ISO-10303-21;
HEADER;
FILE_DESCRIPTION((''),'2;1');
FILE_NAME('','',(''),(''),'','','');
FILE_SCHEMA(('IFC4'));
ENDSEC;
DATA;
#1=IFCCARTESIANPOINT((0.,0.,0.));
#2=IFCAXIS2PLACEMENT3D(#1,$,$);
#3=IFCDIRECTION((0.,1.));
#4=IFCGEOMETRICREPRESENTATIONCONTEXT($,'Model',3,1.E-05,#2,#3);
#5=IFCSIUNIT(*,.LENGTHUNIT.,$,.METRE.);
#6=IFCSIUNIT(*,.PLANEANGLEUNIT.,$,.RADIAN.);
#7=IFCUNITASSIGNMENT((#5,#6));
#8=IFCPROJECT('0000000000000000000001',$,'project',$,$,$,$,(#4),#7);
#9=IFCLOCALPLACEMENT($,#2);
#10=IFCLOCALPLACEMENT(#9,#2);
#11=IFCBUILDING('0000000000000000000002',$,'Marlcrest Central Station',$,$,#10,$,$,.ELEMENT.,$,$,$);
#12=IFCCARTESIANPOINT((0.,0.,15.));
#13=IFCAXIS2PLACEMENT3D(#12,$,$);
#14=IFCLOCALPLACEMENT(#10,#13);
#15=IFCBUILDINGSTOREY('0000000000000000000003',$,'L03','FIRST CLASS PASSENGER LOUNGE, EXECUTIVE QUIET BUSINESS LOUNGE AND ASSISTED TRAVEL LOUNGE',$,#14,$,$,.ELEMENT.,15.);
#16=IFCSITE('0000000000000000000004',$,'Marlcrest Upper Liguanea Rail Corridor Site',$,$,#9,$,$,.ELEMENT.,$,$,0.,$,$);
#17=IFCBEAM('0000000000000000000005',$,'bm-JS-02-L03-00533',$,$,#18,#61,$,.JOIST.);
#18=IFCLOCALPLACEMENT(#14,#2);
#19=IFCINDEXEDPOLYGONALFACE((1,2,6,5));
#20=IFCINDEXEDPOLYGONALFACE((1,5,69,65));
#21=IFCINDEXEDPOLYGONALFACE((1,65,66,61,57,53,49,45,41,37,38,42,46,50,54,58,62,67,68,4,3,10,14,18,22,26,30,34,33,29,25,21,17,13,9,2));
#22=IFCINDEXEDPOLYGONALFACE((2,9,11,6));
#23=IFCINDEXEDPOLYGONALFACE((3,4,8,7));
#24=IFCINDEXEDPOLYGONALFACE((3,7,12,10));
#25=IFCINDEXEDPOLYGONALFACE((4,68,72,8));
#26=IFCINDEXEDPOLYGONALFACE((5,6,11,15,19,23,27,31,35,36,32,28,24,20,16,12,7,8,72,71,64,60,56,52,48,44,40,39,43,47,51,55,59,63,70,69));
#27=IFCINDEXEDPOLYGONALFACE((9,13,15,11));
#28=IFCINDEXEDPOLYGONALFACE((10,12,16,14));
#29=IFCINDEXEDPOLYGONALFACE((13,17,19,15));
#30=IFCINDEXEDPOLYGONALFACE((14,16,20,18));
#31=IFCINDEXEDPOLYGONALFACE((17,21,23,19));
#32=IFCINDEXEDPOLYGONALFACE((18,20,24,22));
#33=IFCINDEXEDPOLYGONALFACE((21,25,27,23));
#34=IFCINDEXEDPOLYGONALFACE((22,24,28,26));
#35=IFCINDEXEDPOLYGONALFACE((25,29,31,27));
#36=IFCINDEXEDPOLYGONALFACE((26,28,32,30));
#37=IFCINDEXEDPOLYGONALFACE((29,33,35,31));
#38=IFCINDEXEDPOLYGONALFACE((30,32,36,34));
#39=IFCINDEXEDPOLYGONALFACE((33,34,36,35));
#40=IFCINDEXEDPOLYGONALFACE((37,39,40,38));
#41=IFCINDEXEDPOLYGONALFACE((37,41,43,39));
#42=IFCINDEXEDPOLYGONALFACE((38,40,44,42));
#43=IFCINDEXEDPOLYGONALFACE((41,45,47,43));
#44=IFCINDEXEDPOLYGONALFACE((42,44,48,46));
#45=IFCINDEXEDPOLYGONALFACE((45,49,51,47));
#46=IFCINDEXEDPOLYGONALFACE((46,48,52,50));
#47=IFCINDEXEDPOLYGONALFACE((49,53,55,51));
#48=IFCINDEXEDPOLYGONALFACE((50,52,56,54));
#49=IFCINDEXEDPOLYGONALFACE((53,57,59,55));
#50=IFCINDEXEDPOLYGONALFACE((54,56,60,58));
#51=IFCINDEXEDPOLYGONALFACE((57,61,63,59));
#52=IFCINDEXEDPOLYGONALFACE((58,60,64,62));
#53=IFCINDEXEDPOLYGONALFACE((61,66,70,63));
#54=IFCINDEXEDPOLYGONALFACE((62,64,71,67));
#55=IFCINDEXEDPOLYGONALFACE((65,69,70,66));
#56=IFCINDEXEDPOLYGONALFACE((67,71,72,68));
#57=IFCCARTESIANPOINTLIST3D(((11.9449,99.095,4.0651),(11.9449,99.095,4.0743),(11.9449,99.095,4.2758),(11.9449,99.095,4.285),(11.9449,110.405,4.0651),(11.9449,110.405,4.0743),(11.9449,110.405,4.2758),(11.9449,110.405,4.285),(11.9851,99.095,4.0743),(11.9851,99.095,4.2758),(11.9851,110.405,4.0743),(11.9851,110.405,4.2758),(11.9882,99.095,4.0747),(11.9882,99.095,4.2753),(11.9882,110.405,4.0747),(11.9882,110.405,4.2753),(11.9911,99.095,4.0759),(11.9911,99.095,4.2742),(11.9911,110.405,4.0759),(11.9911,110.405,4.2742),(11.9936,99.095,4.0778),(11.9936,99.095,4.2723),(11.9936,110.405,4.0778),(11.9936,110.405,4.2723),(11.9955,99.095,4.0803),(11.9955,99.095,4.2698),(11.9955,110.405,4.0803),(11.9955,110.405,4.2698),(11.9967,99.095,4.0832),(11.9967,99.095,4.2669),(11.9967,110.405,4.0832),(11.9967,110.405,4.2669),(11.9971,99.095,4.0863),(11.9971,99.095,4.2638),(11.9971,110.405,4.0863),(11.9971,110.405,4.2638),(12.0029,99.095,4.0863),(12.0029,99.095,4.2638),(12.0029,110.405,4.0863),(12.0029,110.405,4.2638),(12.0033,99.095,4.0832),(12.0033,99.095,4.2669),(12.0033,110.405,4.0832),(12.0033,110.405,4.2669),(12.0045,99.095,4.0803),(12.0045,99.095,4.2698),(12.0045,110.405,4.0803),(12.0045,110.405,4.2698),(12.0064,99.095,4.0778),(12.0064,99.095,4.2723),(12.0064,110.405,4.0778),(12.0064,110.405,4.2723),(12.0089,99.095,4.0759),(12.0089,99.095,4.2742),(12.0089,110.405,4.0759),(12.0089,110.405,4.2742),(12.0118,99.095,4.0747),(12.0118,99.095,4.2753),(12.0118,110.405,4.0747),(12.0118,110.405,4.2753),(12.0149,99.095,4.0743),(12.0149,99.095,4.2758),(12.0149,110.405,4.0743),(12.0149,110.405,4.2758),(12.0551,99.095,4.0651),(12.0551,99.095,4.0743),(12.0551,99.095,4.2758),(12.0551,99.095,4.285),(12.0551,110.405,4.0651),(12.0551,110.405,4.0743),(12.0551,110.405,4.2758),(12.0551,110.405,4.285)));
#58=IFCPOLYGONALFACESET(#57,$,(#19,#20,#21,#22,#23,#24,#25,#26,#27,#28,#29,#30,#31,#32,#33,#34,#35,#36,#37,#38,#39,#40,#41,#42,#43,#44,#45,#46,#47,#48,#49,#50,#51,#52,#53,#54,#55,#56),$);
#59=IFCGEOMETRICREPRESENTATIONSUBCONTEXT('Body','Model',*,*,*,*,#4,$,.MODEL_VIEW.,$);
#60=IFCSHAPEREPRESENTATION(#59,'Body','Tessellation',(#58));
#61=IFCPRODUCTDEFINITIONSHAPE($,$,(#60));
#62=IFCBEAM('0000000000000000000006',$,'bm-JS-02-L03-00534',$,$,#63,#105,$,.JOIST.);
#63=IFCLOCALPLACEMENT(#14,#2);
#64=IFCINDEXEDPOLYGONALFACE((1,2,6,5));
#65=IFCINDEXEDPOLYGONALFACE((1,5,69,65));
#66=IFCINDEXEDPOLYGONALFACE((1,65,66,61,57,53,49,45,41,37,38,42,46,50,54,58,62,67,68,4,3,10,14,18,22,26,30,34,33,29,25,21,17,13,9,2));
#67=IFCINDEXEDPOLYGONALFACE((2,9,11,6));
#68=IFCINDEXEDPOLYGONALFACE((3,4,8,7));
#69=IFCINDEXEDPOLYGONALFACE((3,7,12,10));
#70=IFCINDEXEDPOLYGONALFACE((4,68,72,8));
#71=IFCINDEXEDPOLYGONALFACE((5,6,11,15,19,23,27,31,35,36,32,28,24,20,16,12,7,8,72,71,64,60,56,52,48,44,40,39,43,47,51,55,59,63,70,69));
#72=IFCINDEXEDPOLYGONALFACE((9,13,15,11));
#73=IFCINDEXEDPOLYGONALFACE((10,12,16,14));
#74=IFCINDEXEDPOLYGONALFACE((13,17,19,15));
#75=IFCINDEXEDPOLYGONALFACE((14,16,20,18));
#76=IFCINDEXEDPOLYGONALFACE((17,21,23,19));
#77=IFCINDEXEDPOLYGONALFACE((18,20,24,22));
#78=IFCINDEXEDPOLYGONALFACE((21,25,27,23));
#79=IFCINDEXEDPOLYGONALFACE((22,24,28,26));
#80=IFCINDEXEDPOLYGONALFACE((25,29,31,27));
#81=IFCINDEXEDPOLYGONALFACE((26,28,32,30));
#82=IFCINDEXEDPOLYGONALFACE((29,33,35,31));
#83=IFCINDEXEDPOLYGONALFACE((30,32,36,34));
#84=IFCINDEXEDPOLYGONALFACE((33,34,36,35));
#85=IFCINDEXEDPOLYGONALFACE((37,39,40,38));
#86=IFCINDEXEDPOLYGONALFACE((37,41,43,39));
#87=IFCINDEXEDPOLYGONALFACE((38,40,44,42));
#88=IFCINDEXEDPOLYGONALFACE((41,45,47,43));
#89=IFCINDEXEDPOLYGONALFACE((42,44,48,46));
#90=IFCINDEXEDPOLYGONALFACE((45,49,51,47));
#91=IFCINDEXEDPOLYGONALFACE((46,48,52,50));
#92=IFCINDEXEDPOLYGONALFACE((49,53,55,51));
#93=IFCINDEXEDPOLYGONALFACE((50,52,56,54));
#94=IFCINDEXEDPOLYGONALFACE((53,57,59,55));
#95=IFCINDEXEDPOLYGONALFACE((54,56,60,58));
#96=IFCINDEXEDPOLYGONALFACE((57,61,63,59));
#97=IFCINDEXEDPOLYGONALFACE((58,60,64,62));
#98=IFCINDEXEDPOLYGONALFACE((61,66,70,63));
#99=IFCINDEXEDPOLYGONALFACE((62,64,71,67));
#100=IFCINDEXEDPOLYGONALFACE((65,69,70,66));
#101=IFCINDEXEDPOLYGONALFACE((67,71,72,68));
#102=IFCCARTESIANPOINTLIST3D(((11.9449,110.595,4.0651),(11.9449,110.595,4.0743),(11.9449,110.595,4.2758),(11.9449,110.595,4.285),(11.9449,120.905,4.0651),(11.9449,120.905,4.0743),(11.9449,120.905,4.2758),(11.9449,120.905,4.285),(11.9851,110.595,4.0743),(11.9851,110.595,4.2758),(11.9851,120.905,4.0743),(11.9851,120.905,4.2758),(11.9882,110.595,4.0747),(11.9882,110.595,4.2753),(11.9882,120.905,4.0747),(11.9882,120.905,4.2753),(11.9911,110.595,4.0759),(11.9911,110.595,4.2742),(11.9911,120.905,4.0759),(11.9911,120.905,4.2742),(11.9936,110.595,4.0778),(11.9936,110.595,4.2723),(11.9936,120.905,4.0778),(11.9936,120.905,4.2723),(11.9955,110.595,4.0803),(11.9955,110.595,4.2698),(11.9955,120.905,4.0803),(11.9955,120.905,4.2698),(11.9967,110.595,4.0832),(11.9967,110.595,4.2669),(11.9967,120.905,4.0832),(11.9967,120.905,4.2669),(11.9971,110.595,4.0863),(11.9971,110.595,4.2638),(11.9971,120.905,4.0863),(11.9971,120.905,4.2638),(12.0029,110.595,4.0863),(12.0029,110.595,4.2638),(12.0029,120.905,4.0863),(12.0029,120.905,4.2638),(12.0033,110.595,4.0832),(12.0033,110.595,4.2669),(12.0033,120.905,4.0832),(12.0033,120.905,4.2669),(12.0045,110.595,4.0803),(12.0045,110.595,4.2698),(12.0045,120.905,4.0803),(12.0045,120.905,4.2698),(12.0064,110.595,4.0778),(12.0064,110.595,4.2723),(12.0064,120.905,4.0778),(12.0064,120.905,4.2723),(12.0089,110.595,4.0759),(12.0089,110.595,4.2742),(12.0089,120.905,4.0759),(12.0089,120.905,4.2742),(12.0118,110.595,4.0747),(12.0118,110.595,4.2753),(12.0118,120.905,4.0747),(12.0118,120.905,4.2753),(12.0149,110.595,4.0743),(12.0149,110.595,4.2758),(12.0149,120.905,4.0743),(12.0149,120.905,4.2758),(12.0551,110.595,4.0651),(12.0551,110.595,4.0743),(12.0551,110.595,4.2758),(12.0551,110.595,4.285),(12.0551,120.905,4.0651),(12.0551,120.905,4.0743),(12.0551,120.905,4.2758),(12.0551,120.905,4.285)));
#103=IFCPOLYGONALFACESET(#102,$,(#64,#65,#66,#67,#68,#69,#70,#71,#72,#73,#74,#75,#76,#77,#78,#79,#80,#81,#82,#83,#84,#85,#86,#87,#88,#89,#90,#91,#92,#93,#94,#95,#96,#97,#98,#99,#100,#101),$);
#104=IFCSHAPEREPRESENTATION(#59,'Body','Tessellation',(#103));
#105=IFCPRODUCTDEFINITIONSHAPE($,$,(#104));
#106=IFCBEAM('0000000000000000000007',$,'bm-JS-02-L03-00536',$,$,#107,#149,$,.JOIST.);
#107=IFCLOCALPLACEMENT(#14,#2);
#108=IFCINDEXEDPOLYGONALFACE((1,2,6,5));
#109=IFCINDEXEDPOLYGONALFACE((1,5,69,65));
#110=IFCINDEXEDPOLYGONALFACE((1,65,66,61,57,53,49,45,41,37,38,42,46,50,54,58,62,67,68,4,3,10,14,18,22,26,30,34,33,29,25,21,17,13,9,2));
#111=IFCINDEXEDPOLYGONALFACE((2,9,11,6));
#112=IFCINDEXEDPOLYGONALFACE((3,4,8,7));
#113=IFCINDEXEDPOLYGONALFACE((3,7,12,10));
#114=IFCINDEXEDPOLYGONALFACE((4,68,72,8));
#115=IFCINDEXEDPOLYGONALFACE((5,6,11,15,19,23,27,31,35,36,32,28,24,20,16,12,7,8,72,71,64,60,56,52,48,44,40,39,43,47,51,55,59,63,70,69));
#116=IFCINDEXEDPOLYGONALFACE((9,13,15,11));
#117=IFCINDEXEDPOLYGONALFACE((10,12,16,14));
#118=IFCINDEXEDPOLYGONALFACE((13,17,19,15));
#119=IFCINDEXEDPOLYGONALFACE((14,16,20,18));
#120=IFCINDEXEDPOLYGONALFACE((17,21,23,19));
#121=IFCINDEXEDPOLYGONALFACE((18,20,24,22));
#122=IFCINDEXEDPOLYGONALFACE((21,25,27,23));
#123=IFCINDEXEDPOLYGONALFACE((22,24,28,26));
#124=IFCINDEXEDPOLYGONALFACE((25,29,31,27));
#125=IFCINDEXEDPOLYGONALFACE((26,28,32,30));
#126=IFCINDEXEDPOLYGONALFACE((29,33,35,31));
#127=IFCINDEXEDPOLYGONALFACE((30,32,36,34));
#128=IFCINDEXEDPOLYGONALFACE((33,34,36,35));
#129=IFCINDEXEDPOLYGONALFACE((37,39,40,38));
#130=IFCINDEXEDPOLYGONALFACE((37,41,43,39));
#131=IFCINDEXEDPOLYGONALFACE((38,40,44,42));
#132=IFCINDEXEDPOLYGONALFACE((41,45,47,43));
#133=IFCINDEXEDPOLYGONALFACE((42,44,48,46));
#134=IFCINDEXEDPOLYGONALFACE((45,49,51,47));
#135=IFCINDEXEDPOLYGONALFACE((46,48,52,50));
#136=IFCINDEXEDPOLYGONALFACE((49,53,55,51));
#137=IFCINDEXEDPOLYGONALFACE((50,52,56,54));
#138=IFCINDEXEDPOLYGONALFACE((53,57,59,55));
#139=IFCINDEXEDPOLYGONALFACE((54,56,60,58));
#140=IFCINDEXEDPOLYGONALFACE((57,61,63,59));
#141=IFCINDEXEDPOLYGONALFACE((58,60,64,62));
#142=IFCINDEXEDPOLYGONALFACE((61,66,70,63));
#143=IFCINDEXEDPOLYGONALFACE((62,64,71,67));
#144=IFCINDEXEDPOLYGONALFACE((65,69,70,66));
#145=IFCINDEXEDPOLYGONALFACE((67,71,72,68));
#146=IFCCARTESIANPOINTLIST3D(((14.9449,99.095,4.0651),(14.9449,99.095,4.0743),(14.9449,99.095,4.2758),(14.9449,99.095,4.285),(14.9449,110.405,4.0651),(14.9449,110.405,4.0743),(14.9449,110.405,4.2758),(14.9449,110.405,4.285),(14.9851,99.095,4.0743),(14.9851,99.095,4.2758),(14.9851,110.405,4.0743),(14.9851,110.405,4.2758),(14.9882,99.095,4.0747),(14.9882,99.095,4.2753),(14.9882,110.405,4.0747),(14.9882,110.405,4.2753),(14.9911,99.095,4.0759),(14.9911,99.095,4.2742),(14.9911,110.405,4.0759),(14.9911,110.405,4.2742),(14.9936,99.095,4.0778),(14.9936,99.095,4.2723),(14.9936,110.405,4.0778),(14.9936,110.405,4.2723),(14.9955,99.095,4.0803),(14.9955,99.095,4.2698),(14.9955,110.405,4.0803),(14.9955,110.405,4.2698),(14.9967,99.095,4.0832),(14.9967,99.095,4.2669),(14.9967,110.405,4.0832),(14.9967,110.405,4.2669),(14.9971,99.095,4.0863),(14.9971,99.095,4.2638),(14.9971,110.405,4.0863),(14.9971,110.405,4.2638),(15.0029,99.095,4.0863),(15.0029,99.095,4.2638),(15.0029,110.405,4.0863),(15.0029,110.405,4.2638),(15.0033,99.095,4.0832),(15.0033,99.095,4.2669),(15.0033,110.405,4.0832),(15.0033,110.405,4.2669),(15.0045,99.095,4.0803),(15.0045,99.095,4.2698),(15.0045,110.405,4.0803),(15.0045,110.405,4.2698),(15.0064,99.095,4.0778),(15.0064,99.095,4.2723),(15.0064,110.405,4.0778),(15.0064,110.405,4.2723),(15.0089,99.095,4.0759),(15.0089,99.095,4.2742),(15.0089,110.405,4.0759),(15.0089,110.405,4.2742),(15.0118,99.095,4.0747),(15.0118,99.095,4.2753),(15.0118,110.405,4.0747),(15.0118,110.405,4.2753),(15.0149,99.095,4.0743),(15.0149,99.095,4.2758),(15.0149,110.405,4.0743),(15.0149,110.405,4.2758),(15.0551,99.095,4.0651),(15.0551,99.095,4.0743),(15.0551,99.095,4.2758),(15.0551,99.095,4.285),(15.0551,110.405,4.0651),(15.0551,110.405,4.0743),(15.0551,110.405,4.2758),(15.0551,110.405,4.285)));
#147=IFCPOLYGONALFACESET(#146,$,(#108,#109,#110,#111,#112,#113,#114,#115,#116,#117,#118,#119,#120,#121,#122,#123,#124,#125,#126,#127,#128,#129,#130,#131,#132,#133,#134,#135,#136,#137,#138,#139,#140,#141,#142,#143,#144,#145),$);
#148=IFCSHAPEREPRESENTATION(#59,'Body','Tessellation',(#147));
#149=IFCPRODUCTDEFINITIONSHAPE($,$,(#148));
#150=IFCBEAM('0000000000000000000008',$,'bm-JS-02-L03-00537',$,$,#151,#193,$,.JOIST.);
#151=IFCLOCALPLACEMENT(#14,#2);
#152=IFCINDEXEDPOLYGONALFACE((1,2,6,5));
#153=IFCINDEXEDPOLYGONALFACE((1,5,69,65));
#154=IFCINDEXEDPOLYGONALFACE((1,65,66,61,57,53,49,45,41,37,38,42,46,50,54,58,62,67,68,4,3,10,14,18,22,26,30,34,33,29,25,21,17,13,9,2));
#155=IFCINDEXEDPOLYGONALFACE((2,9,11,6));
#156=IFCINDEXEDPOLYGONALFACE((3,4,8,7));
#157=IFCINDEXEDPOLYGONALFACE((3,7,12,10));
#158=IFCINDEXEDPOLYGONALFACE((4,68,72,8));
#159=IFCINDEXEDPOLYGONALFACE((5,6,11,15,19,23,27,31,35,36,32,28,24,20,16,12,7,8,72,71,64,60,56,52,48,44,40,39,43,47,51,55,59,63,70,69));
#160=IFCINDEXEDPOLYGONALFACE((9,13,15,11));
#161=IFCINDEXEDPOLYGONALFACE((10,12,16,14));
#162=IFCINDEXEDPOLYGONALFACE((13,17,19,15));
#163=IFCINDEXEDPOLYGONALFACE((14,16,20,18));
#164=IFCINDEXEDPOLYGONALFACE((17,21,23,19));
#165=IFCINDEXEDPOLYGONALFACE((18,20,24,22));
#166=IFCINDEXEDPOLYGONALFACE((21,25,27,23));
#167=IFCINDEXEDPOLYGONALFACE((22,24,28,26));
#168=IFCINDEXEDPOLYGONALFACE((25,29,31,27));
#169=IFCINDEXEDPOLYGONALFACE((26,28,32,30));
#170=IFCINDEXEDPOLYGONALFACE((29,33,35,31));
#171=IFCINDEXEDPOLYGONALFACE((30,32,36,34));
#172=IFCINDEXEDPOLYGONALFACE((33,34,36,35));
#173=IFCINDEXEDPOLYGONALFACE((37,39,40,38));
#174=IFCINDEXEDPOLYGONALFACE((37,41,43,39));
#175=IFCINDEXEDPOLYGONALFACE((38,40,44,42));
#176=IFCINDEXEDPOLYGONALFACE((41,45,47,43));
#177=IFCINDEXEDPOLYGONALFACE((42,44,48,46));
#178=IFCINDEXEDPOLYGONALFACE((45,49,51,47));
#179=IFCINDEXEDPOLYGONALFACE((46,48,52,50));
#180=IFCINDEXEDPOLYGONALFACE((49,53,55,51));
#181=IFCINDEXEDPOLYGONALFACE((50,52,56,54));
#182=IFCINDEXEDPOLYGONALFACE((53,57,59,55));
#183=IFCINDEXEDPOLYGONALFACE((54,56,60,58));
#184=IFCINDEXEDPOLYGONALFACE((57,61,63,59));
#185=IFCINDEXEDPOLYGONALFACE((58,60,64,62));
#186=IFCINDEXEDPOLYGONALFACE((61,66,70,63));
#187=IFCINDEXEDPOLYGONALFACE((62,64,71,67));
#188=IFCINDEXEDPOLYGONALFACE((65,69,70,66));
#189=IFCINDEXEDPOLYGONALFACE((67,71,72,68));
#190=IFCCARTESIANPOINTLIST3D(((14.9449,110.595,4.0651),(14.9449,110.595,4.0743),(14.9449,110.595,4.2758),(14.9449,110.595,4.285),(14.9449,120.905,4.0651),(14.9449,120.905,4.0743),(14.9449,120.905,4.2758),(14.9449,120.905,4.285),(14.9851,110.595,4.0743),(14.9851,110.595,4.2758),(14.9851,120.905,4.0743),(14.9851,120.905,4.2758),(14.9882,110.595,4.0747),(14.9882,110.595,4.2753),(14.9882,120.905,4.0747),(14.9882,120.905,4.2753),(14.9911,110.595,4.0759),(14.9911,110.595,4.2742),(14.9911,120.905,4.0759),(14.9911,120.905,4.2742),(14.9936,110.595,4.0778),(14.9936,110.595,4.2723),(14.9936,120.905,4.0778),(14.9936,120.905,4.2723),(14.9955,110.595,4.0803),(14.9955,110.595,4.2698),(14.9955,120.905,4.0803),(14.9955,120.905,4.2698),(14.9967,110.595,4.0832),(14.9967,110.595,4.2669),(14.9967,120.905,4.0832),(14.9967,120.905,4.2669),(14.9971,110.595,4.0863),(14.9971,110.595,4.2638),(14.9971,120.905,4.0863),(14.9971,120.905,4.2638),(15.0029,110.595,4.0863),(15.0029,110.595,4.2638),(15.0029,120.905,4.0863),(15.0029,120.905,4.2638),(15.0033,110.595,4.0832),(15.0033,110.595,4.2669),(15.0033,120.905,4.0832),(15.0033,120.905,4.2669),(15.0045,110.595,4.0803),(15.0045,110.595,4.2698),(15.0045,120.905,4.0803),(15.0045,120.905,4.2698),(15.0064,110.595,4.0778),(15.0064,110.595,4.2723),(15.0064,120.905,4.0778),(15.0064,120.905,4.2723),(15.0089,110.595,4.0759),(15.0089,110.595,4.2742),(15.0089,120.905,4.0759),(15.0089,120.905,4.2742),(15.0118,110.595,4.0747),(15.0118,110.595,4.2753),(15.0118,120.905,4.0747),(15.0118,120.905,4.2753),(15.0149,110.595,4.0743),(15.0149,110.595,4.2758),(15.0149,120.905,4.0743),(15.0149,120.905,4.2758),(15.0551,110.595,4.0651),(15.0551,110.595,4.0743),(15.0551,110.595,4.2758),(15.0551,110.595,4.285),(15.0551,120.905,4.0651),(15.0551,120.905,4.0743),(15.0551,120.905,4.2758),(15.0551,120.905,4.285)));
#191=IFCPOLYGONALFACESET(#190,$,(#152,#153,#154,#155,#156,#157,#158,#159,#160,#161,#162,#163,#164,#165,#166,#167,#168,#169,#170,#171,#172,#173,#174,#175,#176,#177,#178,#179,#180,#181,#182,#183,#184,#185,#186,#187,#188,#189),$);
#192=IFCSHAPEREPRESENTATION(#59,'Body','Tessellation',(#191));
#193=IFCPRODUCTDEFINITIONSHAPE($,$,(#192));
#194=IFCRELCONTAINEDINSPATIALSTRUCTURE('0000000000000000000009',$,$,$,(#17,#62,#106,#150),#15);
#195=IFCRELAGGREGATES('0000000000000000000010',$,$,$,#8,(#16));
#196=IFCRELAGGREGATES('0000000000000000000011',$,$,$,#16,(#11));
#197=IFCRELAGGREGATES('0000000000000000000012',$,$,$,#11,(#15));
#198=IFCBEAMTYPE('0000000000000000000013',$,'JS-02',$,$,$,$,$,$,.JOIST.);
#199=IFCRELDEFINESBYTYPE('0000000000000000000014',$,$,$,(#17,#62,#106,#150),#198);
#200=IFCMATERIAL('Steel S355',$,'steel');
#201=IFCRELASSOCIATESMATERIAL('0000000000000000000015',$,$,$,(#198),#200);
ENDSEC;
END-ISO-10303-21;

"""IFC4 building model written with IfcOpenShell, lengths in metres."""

from ifc_helpers import new_model, si_unit, direction, frame, origin, origin_2d, place, context, subcontext, project, spatial, i_section, extrude, material, material_profile, profile_set, type_object, element, save


model = new_model("IFC4")

# Units and contexts
model_context = context("Model", 3, precision=1e-05, world=origin(), true_north=direction((0.0, 1.0)))
body_context = subcontext(model_context, "Body", "Model", "MODEL_VIEW")
ifc_project = project(units=[si_unit("LENGTHUNIT", "METRE"), si_unit("PLANEANGLEUNIT", "RADIAN")], contexts=[model_context])

# Site, building, storey
site_placement = place(None, origin())
site = spatial("IfcSite", under=ifc_project, at=site_placement, Name="Marlcrest Upper Liguanea Rail Corridor Site", CompositionType="ELEMENT", RefElevation=0.0)
building_placement = place(site_placement, origin())
building = spatial("IfcBuilding", under=site, at=building_placement, Name="Marlcrest Central Station", CompositionType="ELEMENT")
storey_placement = place(building_placement, frame((0.0, 0.0, 15.0)))
storey = spatial("IfcBuildingStorey", under=building, at=storey_placement, Name="L03", Description="FIRST CLASS PASSENGER LOUNGE, EXECUTIVE QUIET BUSINESS LOUNGE AND ASSISTED TRAVEL LOUNGE", CompositionType="ELEMENT", Elevation=15.0)

# Shared definitions
ifc_material_1 = material(Name="Steel S355", Category="steel")

# Beams
ifc_material_profile_1 = material_profile(ifc_material_1, i_section(OverallWidth=0.1101, OverallDepth=0.22, WebThickness=0.0059, FlangeThickness=0.0093, FilletRadius=0.012, at=origin_2d()), Name="IPE 220")
ifc_profile_set_1 = profile_set([ifc_material_profile_1], Name="Steel S355")
beam_type_1 = type_object("IfcBeamType", Name="JS-02", PredefinedType="JOIST", material=ifc_profile_set_1)
beam_1_placement = place(storey_placement, frame((12.0, 99.095, 4.175), z_axis=(0.0, 1.0, 0.0), x_axis=(-1.0, 0.0, 0.0)))
element("IfcBeam", 1, at=beam_1_placement, inside=storey, type_object=beam_type_1, Name="bm-JS-02-L03-00533", PredefinedType="JOIST", context=body_context, shape_type="SweptSolid", body=[
    extrude(i_section(OverallWidth=0.1101, OverallDepth=0.22, WebThickness=0.0059, FlangeThickness=0.0093, FilletRadius=0.012, at=origin_2d()), origin(), (0.0, 0.0, 1.0), 11.3101),
])
beam_2_placement = place(storey_placement, frame((12.0, 110.595, 4.175), z_axis=(0.0, 1.0, 0.0), x_axis=(-1.0, 0.0, 0.0)))
element("IfcBeam", 2, at=beam_2_placement, inside=storey, type_object=beam_type_1, Name="bm-JS-02-L03-00534", PredefinedType="JOIST", context=body_context, shape_type="SweptSolid", body=[
    extrude(i_section(OverallWidth=0.1101, OverallDepth=0.22, WebThickness=0.0059, FlangeThickness=0.0093, FilletRadius=0.012, at=origin_2d()), origin(), (0.0, 0.0, 1.0), 10.3101),
])
beam_3_placement = place(storey_placement, frame((15.0, 99.095, 4.175), z_axis=(0.0, 1.0, 0.0), x_axis=(-1.0, 0.0, 0.0)))
element("IfcBeam", 3, at=beam_3_placement, inside=storey, type_object=beam_type_1, Name="bm-JS-02-L03-00536", PredefinedType="JOIST", context=body_context, shape_type="SweptSolid", body=[
    extrude(i_section(OverallWidth=0.1101, OverallDepth=0.22, WebThickness=0.0059, FlangeThickness=0.0093, FilletRadius=0.012, at=origin_2d()), origin(), (0.0, 0.0, 1.0), 11.3101),
])
beam_4_placement = place(storey_placement, frame((15.0, 110.595, 4.175), z_axis=(0.0, 1.0, 0.0), x_axis=(-1.0, 0.0, 0.0)))
element("IfcBeam", 4, at=beam_4_placement, inside=storey, type_object=beam_type_1, Name="bm-JS-02-L03-00537", PredefinedType="JOIST", context=body_context, shape_type="SweptSolid", body=[
    extrude(i_section(OverallWidth=0.1101, OverallDepth=0.22, WebThickness=0.0059, FlangeThickness=0.0093, FilletRadius=0.012, at=origin_2d()), origin(), (0.0, 0.0, 1.0), 10.3101),
])

save(model, "model.ifc")
